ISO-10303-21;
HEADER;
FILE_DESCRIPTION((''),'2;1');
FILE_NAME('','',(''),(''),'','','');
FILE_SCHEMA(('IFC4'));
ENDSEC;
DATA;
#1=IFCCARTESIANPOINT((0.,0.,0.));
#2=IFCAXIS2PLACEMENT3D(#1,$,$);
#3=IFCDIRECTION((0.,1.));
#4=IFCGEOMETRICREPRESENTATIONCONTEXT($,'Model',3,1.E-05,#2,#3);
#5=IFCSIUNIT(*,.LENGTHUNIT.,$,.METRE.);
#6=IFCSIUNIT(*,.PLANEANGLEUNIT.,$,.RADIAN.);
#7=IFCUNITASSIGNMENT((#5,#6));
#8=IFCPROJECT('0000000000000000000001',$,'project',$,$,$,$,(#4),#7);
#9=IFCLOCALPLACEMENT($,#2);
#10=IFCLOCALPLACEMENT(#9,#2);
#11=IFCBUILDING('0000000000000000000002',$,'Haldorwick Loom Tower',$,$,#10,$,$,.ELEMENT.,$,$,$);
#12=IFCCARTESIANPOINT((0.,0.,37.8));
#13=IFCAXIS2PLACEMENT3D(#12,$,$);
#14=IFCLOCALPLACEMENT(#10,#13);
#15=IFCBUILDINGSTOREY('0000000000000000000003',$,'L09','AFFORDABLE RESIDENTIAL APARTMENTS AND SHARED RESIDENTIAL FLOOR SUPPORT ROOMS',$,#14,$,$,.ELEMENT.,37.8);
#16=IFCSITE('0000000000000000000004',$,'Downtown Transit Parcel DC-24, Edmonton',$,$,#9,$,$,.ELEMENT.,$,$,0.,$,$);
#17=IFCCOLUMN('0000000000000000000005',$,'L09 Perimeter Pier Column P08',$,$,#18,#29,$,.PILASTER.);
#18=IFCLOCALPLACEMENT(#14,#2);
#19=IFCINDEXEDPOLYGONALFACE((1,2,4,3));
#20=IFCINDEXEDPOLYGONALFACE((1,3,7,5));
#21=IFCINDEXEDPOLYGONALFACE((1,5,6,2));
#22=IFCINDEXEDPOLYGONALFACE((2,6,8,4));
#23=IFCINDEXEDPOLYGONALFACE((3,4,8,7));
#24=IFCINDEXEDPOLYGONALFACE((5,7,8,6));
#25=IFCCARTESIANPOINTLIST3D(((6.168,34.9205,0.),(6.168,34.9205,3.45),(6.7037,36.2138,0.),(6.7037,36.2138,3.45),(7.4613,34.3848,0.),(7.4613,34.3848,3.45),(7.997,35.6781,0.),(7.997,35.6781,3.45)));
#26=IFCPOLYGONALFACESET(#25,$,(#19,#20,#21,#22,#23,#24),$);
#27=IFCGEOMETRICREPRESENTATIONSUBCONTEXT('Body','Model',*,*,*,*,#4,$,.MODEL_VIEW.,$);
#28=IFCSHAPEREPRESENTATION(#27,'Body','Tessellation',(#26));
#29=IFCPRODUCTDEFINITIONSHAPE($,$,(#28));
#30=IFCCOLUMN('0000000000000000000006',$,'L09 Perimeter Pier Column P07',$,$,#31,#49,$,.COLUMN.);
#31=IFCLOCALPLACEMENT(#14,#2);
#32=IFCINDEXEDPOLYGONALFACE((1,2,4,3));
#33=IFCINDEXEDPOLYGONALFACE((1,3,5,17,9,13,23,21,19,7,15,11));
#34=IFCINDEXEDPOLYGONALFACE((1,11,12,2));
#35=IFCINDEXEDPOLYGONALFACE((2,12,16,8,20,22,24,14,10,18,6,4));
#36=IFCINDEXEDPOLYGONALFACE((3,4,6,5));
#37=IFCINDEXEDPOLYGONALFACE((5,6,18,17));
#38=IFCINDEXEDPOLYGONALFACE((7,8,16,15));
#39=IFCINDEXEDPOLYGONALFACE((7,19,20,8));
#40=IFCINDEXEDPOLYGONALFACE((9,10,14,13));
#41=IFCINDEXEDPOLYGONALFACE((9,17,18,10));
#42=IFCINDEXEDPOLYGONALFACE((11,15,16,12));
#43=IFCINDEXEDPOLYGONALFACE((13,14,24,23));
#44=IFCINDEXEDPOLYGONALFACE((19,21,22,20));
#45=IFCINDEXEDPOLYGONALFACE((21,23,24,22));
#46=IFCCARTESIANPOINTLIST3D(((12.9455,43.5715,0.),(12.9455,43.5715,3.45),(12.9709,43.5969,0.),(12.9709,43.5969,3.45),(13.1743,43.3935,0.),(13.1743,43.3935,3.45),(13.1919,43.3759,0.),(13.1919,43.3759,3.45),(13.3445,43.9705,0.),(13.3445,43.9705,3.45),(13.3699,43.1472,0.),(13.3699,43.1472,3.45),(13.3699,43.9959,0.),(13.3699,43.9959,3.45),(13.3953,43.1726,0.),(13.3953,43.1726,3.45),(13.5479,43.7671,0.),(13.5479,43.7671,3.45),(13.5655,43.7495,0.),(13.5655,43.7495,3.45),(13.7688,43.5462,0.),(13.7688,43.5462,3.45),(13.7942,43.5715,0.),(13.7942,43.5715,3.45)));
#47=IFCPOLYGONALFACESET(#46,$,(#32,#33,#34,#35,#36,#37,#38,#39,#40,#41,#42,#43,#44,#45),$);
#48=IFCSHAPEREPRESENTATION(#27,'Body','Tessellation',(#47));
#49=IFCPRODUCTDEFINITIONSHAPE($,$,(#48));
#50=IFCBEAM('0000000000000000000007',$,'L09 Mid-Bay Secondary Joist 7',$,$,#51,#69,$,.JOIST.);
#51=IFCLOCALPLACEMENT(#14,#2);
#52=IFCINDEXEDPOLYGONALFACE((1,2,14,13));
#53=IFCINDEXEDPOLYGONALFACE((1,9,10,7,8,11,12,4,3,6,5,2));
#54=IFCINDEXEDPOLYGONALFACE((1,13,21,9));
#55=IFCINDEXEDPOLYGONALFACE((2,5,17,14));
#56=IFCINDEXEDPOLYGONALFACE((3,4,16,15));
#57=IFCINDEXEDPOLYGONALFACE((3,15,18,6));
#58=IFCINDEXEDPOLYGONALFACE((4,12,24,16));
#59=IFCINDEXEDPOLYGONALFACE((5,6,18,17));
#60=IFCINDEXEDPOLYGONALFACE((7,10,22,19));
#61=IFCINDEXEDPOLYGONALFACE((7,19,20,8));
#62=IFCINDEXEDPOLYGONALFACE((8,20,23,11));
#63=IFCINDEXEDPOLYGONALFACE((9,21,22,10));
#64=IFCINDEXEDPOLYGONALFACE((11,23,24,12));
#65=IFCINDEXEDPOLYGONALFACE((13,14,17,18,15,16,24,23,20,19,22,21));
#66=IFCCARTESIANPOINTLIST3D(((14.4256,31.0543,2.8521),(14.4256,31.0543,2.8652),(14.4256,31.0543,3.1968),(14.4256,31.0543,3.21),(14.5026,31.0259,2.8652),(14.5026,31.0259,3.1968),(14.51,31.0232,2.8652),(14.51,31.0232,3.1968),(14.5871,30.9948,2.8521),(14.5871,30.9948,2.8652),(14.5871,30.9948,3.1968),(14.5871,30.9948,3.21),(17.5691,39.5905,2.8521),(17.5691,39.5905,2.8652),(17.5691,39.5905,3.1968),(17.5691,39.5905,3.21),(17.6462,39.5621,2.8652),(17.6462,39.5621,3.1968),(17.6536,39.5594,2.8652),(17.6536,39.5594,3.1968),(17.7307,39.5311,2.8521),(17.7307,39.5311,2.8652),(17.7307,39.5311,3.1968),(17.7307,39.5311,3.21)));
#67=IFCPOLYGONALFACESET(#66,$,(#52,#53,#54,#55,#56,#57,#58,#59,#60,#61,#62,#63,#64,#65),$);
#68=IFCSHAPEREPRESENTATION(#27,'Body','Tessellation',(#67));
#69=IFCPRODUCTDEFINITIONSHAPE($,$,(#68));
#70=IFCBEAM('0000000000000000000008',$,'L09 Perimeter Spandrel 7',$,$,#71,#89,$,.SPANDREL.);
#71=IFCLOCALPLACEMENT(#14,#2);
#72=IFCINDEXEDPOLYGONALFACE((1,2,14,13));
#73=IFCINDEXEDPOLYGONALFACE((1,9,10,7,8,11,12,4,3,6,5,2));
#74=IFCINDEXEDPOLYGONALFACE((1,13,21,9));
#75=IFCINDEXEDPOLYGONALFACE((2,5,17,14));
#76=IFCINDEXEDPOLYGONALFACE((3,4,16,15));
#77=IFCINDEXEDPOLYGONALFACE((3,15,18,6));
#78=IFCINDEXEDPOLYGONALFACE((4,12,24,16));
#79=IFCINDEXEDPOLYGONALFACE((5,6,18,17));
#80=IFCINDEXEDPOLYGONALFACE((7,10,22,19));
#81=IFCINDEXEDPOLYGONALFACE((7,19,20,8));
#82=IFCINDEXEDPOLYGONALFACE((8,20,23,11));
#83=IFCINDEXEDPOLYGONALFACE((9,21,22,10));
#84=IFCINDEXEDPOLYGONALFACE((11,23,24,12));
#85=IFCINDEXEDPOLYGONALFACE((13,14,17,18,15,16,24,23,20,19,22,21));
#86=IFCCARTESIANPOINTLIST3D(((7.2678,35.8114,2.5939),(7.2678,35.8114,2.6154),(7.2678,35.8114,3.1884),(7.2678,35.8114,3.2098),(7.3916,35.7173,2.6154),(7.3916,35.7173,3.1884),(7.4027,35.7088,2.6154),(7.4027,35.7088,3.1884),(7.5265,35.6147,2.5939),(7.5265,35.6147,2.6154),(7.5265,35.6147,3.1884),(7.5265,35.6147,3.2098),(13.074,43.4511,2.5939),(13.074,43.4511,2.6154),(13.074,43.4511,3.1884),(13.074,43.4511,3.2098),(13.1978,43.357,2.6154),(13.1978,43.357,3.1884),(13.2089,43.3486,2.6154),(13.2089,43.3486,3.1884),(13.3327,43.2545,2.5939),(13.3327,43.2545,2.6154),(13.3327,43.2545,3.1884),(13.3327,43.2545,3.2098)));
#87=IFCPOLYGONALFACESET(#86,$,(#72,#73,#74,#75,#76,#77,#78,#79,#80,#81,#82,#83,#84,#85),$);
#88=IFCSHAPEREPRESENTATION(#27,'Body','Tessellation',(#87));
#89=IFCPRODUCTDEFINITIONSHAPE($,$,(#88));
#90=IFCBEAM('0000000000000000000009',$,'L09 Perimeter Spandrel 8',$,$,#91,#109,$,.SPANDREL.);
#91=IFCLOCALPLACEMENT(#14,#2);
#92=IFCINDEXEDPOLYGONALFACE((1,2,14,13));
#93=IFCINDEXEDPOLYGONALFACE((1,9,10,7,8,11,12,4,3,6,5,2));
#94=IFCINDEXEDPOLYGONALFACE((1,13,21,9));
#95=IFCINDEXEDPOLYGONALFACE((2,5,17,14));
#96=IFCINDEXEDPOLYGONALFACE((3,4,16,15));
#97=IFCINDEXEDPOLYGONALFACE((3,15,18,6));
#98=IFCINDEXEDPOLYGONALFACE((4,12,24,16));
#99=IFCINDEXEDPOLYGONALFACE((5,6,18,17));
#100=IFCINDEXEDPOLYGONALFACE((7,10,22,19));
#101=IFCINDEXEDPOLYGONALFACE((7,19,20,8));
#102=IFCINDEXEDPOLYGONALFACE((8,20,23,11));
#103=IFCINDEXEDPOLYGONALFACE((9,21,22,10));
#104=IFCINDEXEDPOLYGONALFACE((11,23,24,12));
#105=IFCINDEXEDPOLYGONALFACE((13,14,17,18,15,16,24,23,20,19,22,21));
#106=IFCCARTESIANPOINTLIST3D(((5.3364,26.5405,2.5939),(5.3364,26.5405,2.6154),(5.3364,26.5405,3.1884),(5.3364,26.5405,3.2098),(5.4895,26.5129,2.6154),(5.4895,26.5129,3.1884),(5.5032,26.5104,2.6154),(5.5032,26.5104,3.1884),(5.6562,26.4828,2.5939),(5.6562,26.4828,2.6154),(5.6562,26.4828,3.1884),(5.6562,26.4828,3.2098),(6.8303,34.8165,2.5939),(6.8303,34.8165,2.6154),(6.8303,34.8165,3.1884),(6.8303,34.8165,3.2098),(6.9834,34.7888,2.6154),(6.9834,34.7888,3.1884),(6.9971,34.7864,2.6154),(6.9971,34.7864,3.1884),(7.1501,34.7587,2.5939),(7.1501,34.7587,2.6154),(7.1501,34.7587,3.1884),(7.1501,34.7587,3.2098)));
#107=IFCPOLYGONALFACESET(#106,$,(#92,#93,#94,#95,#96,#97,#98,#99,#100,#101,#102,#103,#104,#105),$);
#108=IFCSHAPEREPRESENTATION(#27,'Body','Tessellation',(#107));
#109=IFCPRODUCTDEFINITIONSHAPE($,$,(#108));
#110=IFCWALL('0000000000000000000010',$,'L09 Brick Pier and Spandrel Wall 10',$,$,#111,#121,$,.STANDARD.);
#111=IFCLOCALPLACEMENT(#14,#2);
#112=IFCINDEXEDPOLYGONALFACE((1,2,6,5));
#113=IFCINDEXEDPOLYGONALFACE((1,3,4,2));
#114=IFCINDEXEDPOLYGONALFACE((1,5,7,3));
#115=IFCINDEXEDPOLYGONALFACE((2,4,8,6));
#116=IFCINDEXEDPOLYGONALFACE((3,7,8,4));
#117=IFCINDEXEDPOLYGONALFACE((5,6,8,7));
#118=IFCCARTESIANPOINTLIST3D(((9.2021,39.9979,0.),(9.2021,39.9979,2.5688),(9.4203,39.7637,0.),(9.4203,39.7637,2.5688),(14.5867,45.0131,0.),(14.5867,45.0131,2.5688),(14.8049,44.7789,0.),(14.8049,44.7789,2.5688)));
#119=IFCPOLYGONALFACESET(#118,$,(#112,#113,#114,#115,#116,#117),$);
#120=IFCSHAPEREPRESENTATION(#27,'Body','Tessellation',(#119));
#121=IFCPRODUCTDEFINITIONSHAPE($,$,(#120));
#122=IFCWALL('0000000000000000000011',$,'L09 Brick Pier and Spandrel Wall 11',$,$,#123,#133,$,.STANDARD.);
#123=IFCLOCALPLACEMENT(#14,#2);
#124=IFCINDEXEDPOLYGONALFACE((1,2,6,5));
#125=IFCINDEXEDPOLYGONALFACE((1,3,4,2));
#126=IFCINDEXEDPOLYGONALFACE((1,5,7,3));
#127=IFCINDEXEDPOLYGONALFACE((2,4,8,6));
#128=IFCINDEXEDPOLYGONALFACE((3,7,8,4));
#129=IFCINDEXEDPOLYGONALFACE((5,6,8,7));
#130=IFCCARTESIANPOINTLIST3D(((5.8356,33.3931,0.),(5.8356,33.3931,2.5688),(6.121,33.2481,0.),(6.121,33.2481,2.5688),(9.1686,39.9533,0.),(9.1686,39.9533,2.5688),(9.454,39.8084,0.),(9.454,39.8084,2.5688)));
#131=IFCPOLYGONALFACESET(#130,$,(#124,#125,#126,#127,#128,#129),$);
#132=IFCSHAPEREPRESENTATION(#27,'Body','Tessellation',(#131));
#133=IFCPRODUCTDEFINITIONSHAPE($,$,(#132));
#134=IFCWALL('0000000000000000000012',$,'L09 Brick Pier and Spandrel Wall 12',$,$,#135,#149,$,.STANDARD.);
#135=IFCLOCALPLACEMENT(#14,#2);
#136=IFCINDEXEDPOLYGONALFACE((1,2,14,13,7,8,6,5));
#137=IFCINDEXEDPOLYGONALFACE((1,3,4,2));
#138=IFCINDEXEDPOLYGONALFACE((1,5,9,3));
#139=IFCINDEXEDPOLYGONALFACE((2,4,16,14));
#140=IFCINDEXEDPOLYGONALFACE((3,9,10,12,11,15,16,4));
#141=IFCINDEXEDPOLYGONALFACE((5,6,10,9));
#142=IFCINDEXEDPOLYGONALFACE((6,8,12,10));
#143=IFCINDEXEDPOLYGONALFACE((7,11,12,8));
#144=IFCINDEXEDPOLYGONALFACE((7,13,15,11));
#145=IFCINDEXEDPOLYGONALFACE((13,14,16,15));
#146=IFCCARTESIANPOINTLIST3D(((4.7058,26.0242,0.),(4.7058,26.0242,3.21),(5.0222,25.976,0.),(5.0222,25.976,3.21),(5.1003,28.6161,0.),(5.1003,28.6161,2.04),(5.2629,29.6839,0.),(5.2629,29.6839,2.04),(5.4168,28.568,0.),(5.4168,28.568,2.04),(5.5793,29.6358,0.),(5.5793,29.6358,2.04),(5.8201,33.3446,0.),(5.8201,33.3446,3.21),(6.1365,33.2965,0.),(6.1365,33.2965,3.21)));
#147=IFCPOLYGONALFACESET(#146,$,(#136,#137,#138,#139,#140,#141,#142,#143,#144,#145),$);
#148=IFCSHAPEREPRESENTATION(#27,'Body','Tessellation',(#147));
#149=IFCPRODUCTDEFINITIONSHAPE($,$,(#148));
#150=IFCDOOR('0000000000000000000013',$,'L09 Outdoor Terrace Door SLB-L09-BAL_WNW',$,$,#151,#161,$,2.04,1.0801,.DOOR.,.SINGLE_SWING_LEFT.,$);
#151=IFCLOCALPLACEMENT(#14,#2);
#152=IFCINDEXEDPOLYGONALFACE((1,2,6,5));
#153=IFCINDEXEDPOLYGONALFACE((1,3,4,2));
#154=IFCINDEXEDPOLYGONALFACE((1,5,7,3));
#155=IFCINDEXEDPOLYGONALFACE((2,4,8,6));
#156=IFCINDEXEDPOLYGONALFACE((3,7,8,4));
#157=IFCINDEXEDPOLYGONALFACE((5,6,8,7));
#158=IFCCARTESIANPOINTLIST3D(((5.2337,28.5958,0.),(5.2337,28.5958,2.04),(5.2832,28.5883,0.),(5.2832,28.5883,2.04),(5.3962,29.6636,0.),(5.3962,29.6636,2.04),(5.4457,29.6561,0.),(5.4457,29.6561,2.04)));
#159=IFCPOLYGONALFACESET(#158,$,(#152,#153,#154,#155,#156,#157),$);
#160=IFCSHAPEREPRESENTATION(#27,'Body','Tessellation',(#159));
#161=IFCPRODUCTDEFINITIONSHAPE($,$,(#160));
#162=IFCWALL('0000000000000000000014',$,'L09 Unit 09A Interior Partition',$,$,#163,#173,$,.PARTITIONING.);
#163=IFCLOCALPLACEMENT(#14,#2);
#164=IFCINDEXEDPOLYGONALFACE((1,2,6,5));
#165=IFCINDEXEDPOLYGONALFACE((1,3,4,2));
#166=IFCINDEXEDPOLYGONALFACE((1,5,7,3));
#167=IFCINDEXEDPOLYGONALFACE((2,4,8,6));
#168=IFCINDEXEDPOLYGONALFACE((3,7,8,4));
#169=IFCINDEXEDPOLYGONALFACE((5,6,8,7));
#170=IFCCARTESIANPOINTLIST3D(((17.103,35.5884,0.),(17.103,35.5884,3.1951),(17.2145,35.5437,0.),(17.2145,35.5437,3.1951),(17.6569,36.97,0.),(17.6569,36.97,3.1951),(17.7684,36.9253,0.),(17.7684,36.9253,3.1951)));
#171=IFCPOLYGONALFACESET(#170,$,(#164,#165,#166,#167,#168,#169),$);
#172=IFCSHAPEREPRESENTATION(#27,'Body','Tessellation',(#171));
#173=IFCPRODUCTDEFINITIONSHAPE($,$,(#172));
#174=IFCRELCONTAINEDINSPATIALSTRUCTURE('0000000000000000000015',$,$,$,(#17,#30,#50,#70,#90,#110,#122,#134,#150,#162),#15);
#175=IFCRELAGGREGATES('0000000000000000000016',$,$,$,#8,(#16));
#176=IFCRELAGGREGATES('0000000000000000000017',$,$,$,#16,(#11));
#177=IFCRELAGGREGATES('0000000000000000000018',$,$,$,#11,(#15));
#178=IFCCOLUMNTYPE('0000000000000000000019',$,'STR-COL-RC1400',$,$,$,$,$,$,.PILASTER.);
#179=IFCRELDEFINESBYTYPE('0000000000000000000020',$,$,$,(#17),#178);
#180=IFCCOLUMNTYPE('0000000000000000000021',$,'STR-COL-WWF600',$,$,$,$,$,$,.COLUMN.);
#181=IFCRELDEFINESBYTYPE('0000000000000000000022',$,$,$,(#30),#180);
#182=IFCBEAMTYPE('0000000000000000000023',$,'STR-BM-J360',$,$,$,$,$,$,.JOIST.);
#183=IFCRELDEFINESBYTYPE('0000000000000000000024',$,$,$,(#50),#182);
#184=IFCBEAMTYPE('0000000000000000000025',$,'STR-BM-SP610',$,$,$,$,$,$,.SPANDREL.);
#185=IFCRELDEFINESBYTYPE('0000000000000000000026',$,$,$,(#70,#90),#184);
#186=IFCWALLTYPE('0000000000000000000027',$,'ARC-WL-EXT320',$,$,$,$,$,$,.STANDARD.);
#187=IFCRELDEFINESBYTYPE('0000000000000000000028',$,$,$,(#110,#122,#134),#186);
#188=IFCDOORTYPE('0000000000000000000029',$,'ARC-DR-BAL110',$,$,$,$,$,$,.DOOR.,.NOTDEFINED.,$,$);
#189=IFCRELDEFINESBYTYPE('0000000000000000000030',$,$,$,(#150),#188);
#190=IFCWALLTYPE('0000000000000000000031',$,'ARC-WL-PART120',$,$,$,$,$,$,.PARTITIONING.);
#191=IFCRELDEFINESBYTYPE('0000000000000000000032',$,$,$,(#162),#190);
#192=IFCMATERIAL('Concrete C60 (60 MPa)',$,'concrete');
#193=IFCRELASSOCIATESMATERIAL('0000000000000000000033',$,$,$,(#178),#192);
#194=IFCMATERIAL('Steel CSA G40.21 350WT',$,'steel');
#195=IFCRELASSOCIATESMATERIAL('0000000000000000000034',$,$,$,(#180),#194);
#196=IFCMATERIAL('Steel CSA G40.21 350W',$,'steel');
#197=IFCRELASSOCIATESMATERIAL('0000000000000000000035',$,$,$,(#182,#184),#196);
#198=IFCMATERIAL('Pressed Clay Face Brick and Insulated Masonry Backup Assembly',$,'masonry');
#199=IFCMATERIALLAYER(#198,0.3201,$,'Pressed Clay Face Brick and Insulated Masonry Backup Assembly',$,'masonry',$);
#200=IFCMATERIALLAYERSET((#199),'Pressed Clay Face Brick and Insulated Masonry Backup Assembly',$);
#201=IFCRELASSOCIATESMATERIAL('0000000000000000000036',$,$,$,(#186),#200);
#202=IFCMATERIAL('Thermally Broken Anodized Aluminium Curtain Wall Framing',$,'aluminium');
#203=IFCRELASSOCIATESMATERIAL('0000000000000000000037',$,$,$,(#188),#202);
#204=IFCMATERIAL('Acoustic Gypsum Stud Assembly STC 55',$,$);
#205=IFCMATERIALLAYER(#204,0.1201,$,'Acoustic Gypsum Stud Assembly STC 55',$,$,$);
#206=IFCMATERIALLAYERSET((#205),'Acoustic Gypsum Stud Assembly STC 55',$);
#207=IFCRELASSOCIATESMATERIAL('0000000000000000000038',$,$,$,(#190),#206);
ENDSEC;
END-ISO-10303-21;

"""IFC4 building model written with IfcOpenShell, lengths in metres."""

from ifc_helpers import new_model, si_unit, direction, frame, frame_2d, origin, origin_2d, place, context, subcontext, project, spatial, rectangle, i_section, extrude, material, layer, layer_set, material_profile, profile_set, type_object, element, fill, save


model = new_model("IFC4")

# Units and contexts
model_context = context("Model", 3, precision=1e-05, world=origin(), true_north=direction((0.0, 1.0)))
body_context = subcontext(model_context, "Body", "Model", "MODEL_VIEW")
ifc_project = project(units=[si_unit("LENGTHUNIT", "METRE"), si_unit("PLANEANGLEUNIT", "RADIAN")], contexts=[model_context])

# Site, building, storey
site_placement = place(None, origin())
site = spatial("IfcSite", under=ifc_project, at=site_placement, Name="Downtown Transit Parcel DC-24, Edmonton", CompositionType="ELEMENT", RefElevation=0.0)
building_placement = place(site_placement, origin())
building = spatial("IfcBuilding", under=site, at=building_placement, Name="Haldorwick Loom Tower", CompositionType="ELEMENT")
storey_placement = place(building_placement, frame((0.0, 0.0, 37.8)))
storey = spatial("IfcBuildingStorey", under=building, at=storey_placement, Name="L09", Description="AFFORDABLE RESIDENTIAL APARTMENTS AND SHARED RESIDENTIAL FLOOR SUPPORT ROOMS", CompositionType="ELEMENT", Elevation=37.8)

# Columns
ifc_material_1 = material(Name="Concrete C60 (60 MPa)", Category="concrete")
ifc_material_profile_1 = material_profile(ifc_material_1, rectangle(XDim=1.3999, YDim=1.3999, at=origin_2d()), Name="RC1400X1400", Category="concrete")
ifc_profile_set_1 = profile_set([ifc_material_profile_1], Name="Concrete C60 (60 MPa)")
column_type_1 = type_object("IfcColumnType", Name="STR-COL-RC1400", PredefinedType="PILASTER", material=ifc_profile_set_1)
column_1_placement = place(storey_placement, frame((7.0825, 35.2993, 0.0), z_axis=(0.0, 0.0, 1.0), x_axis=(-0.92388, 0.382683, 0.0)))
element("IfcColumn", 1, at=column_1_placement, inside=storey, type_object=column_type_1, Name="L09 Perimeter Pier Column P08", PredefinedType="PILASTER", context=body_context, shape_type="SweptSolid", body=[
    extrude(rectangle(XDim=1.3999, YDim=1.3999, at=origin_2d()), origin(), (0.0, 0.0, 1.0), 3.45),
])
ifc_material_2 = material(Name="Steel CSA G40.21 350WT", Category="steel")
ifc_material_profile_2 = material_profile(ifc_material_2, i_section(OverallWidth=0.6001, OverallDepth=0.6001, WebThickness=0.0249, FlangeThickness=0.0359, at=origin_2d()), Name="WWF600X600", Category="steel")
ifc_profile_set_2 = profile_set([ifc_material_profile_2], Name="Steel CSA G40.21 350WT")
column_type_2 = type_object("IfcColumnType", Name="STR-COL-WWF600", PredefinedType="COLUMN", material=ifc_profile_set_2)
column_2_placement = place(storey_placement, frame((13.3699, 43.5715, 0.0), z_axis=(0.0, 0.0, 1.0), x_axis=(-0.707107, 0.707107, 0.0)))
element("IfcColumn", 2, at=column_2_placement, inside=storey, type_object=column_type_2, Name="L09 Perimeter Pier Column P07", PredefinedType="COLUMN", context=body_context, shape_type="SweptSolid", body=[
    extrude(i_section(OverallWidth=0.6001, OverallDepth=0.6001, WebThickness=0.0249, FlangeThickness=0.0359, at=origin_2d()), origin(), (0.0, 0.0, 1.0), 3.45),
])

# Beams
ifc_material_3 = material(Name="Steel CSA G40.21 350W", Category="steel")
ifc_material_profile_3 = material_profile(ifc_material_3, i_section(OverallWidth=0.1721, OverallDepth=0.3579, WebThickness=0.0078, FlangeThickness=0.0132, at=origin_2d()), Name="W360X57", Category="steel")
ifc_profile_set_3 = profile_set([ifc_material_profile_3], Name="Steel CSA G40.21 350W")
beam_type_1 = type_object("IfcBeamType", Name="STR-BM-J360", PredefinedType="JOIST", material=ifc_profile_set_3)
beam_1_placement = place(storey_placement, frame((17.6499, 39.5608, 3.031), z_axis=(-0.345576, -0.938391, 0.0), x_axis=(0.938391, -0.345576, 0.0)))
element("IfcBeam", 3, at=beam_1_placement, inside=storey, type_object=beam_type_1, Name="L09 Mid-Bay Secondary Joist 7", PredefinedType="JOIST", context=body_context, shape_type="SweptSolid", body=[
    extrude(i_section(OverallWidth=0.1721, OverallDepth=0.3579, WebThickness=0.0078, FlangeThickness=0.0132, at=origin_2d()), origin(), (0.0, 0.0, 1.0), 9.0967),
])
ifc_material_profile_4 = material_profile(ifc_material_3, i_section(OverallWidth=0.325, OverallDepth=0.616, WebThickness=0.0139, FlangeThickness=0.0215, at=origin_2d()), Name="W610X174", Category="steel")
ifc_profile_set_4 = profile_set([ifc_material_profile_4], Name="Steel CSA G40.21 350W")
beam_type_2 = type_object("IfcBeamType", Name="STR-BM-SP610", PredefinedType="SPANDREL", material=ifc_profile_set_4)
beam_2_placement = place(storey_placement, frame((13.2034, 43.3528, 2.9019), z_axis=(-0.605085, -0.796161, 0.0), x_axis=(0.796161, -0.605085, 0.0)))
element("IfcBeam", 4, at=beam_2_placement, inside=storey, type_object=beam_type_2, Name="L09 Perimeter Spandrel 7", PredefinedType="SPANDREL", context=body_context, shape_type="SweptSolid", body=[
    extrude(i_section(OverallWidth=0.325, OverallDepth=0.616, WebThickness=0.0139, FlangeThickness=0.0215, at=origin_2d()), origin(), (0.0, 0.0, 1.0), 9.5957),
])
beam_3_placement = place(storey_placement, frame((6.9902, 34.7876, 2.9019), z_axis=(-0.177641, -0.984095, 0.0), x_axis=(0.984095, -0.177641, 0.0)))
element("IfcBeam", 5, at=beam_3_placement, inside=storey, type_object=beam_type_2, Name="L09 Perimeter Spandrel 8", PredefinedType="SPANDREL", context=body_context, shape_type="SweptSolid", body=[
    extrude(i_section(OverallWidth=0.325, OverallDepth=0.616, WebThickness=0.0139, FlangeThickness=0.0215, at=origin_2d()), origin(), (0.0, 0.0, 1.0), 8.4097),
])

# Walls
ifc_material_4 = material(Name="Pressed Clay Face Brick and Insulated Masonry Backup Assembly", Category="masonry")
ifc_layer_1 = layer(ifc_material_4, 0.3201, Name="Pressed Clay Face Brick and Insulated Masonry Backup Assembly", Category="masonry")
ifc_layer_set_1 = layer_set([ifc_layer_1], Name="Pressed Clay Face Brick and Insulated Masonry Backup Assembly")
wall_type_1 = type_object("IfcWallType", Name="ARC-WL-EXT320", PredefinedType="STANDARD", material=ifc_layer_set_1)
for number, where, z_axis, x_axis, name in (
    (6, (14.6958, 44.896, 0.0), (0.0, 0.0, 1.0), (-0.731761, -0.681561, 0.0), "L09 Brick Pier and Spandrel Wall 10"),
    (7, (9.3113, 39.8809, 0.0), (0.0, 0.0, 1.0), (-0.452951, -0.891535, 0.0), "L09 Brick Pier and Spandrel Wall 11"),
):
    element("IfcWall", number, at=place(storey_placement, frame(where, z_axis=z_axis, x_axis=x_axis)), inside=storey, type_object=wall_type_1, Name=name, PredefinedType="STANDARD", context=body_context, shape_type="SweptSolid", body=[
        extrude(rectangle(XDim=7.3584, YDim=0.3201, at=frame_2d((3.6792, 0.0))), origin(), (0.0, 0.0, 1.0), 2.5688),
    ])

# Wall, opening, door
wall_1_placement = place(storey_placement, frame((5.9783, 33.3206, 0.0), z_axis=(0.0, 0.0, 1.0), x_axis=(-0.150476, -0.988614, 0.0)))
wall_1 = element("IfcWall", 8, at=wall_1_placement, inside=storey, type_object=wall_type_1, Name="L09 Brick Pier and Spandrel Wall 12", PredefinedType="STANDARD", context=body_context, shape_type="SweptSolid", body=[
    extrude(rectangle(XDim=7.4048, YDim=0.3201, at=frame_2d((3.7024, 0.0))), origin(), (0.0, 0.0, 1.0), 3.21),
])
opening_1_placement = place(wall_1_placement, frame((3.7029, 0.0, 0.0)))
opening_1 = element("IfcOpeningElement", 9, at=opening_1_placement, cuts=wall_1, PredefinedType="OPENING", context=body_context, shape_type="SweptSolid", body=[
    extrude(rectangle(XDim=1.0801, YDim=2.04, at=frame_2d((0.54, 1.02))), frame((0.0, 0.1699, 0.0), z_axis=(0.0, -1.0, 0.0), x_axis=(1.0, 0.0, 0.0)), (0.0, 0.0, 1.0), 0.3401),
])
ifc_material_5 = material(Name="Thermally Broken Anodized Aluminium Curtain Wall Framing", Category="aluminium")
door_type_1 = type_object("IfcDoorType", Name="ARC-DR-BAL110", OperationType="NOTDEFINED", PredefinedType="DOOR", material=ifc_material_5)
door_1_placement = place(opening_1_placement, origin())
door_1 = element("IfcDoor", 10, at=door_1_placement, inside=storey, type_object=door_type_1, Name="L09 Outdoor Terrace Door SLB-L09-BAL_WNW", OperationType="SINGLE_SWING_LEFT", OverallHeight=2.04, OverallWidth=1.0801, PredefinedType="DOOR", context=body_context, shape_type="SweptSolid", body=[
    extrude(rectangle(XDim=1.0801, YDim=2.04, at=frame_2d((0.54, 1.02))), frame((0.0, 0.0249, 0.0), z_axis=(0.0, -1.0, 0.0), x_axis=(1.0, 0.0, 0.0)), (0.0, 0.0, 1.0), 0.05),
])
fill(opening_1, door_1)

# Wall
ifc_material_6 = material(Name="Acoustic Gypsum Stud Assembly STC 55")
ifc_layer_2 = layer(ifc_material_6, 0.1201, Name="Acoustic Gypsum Stud Assembly STC 55")
ifc_layer_set_2 = layer_set([ifc_layer_2], Name="Acoustic Gypsum Stud Assembly STC 55")
wall_type_2 = type_object("IfcWallType", Name="ARC-WL-PART120", PredefinedType="PARTITIONING", material=ifc_layer_set_2)
wall_2_placement = place(storey_placement, frame((17.7126, 36.9475, 0.0), z_axis=(0.0, 0.0, 1.0), x_axis=(-0.372154, -0.928171, 0.0)))
element("IfcWall", 11, at=wall_2_placement, inside=storey, type_object=wall_type_2, Name="L09 Unit 09A Interior Partition", PredefinedType="PARTITIONING", context=body_context, shape_type="SweptSolid", body=[
    extrude(rectangle(XDim=1.4885, YDim=0.1201, at=frame_2d((0.7441, 0.0))), origin(), (0.0, 0.0, 1.0), 3.1951),
])

save(model, "model.ifc")
